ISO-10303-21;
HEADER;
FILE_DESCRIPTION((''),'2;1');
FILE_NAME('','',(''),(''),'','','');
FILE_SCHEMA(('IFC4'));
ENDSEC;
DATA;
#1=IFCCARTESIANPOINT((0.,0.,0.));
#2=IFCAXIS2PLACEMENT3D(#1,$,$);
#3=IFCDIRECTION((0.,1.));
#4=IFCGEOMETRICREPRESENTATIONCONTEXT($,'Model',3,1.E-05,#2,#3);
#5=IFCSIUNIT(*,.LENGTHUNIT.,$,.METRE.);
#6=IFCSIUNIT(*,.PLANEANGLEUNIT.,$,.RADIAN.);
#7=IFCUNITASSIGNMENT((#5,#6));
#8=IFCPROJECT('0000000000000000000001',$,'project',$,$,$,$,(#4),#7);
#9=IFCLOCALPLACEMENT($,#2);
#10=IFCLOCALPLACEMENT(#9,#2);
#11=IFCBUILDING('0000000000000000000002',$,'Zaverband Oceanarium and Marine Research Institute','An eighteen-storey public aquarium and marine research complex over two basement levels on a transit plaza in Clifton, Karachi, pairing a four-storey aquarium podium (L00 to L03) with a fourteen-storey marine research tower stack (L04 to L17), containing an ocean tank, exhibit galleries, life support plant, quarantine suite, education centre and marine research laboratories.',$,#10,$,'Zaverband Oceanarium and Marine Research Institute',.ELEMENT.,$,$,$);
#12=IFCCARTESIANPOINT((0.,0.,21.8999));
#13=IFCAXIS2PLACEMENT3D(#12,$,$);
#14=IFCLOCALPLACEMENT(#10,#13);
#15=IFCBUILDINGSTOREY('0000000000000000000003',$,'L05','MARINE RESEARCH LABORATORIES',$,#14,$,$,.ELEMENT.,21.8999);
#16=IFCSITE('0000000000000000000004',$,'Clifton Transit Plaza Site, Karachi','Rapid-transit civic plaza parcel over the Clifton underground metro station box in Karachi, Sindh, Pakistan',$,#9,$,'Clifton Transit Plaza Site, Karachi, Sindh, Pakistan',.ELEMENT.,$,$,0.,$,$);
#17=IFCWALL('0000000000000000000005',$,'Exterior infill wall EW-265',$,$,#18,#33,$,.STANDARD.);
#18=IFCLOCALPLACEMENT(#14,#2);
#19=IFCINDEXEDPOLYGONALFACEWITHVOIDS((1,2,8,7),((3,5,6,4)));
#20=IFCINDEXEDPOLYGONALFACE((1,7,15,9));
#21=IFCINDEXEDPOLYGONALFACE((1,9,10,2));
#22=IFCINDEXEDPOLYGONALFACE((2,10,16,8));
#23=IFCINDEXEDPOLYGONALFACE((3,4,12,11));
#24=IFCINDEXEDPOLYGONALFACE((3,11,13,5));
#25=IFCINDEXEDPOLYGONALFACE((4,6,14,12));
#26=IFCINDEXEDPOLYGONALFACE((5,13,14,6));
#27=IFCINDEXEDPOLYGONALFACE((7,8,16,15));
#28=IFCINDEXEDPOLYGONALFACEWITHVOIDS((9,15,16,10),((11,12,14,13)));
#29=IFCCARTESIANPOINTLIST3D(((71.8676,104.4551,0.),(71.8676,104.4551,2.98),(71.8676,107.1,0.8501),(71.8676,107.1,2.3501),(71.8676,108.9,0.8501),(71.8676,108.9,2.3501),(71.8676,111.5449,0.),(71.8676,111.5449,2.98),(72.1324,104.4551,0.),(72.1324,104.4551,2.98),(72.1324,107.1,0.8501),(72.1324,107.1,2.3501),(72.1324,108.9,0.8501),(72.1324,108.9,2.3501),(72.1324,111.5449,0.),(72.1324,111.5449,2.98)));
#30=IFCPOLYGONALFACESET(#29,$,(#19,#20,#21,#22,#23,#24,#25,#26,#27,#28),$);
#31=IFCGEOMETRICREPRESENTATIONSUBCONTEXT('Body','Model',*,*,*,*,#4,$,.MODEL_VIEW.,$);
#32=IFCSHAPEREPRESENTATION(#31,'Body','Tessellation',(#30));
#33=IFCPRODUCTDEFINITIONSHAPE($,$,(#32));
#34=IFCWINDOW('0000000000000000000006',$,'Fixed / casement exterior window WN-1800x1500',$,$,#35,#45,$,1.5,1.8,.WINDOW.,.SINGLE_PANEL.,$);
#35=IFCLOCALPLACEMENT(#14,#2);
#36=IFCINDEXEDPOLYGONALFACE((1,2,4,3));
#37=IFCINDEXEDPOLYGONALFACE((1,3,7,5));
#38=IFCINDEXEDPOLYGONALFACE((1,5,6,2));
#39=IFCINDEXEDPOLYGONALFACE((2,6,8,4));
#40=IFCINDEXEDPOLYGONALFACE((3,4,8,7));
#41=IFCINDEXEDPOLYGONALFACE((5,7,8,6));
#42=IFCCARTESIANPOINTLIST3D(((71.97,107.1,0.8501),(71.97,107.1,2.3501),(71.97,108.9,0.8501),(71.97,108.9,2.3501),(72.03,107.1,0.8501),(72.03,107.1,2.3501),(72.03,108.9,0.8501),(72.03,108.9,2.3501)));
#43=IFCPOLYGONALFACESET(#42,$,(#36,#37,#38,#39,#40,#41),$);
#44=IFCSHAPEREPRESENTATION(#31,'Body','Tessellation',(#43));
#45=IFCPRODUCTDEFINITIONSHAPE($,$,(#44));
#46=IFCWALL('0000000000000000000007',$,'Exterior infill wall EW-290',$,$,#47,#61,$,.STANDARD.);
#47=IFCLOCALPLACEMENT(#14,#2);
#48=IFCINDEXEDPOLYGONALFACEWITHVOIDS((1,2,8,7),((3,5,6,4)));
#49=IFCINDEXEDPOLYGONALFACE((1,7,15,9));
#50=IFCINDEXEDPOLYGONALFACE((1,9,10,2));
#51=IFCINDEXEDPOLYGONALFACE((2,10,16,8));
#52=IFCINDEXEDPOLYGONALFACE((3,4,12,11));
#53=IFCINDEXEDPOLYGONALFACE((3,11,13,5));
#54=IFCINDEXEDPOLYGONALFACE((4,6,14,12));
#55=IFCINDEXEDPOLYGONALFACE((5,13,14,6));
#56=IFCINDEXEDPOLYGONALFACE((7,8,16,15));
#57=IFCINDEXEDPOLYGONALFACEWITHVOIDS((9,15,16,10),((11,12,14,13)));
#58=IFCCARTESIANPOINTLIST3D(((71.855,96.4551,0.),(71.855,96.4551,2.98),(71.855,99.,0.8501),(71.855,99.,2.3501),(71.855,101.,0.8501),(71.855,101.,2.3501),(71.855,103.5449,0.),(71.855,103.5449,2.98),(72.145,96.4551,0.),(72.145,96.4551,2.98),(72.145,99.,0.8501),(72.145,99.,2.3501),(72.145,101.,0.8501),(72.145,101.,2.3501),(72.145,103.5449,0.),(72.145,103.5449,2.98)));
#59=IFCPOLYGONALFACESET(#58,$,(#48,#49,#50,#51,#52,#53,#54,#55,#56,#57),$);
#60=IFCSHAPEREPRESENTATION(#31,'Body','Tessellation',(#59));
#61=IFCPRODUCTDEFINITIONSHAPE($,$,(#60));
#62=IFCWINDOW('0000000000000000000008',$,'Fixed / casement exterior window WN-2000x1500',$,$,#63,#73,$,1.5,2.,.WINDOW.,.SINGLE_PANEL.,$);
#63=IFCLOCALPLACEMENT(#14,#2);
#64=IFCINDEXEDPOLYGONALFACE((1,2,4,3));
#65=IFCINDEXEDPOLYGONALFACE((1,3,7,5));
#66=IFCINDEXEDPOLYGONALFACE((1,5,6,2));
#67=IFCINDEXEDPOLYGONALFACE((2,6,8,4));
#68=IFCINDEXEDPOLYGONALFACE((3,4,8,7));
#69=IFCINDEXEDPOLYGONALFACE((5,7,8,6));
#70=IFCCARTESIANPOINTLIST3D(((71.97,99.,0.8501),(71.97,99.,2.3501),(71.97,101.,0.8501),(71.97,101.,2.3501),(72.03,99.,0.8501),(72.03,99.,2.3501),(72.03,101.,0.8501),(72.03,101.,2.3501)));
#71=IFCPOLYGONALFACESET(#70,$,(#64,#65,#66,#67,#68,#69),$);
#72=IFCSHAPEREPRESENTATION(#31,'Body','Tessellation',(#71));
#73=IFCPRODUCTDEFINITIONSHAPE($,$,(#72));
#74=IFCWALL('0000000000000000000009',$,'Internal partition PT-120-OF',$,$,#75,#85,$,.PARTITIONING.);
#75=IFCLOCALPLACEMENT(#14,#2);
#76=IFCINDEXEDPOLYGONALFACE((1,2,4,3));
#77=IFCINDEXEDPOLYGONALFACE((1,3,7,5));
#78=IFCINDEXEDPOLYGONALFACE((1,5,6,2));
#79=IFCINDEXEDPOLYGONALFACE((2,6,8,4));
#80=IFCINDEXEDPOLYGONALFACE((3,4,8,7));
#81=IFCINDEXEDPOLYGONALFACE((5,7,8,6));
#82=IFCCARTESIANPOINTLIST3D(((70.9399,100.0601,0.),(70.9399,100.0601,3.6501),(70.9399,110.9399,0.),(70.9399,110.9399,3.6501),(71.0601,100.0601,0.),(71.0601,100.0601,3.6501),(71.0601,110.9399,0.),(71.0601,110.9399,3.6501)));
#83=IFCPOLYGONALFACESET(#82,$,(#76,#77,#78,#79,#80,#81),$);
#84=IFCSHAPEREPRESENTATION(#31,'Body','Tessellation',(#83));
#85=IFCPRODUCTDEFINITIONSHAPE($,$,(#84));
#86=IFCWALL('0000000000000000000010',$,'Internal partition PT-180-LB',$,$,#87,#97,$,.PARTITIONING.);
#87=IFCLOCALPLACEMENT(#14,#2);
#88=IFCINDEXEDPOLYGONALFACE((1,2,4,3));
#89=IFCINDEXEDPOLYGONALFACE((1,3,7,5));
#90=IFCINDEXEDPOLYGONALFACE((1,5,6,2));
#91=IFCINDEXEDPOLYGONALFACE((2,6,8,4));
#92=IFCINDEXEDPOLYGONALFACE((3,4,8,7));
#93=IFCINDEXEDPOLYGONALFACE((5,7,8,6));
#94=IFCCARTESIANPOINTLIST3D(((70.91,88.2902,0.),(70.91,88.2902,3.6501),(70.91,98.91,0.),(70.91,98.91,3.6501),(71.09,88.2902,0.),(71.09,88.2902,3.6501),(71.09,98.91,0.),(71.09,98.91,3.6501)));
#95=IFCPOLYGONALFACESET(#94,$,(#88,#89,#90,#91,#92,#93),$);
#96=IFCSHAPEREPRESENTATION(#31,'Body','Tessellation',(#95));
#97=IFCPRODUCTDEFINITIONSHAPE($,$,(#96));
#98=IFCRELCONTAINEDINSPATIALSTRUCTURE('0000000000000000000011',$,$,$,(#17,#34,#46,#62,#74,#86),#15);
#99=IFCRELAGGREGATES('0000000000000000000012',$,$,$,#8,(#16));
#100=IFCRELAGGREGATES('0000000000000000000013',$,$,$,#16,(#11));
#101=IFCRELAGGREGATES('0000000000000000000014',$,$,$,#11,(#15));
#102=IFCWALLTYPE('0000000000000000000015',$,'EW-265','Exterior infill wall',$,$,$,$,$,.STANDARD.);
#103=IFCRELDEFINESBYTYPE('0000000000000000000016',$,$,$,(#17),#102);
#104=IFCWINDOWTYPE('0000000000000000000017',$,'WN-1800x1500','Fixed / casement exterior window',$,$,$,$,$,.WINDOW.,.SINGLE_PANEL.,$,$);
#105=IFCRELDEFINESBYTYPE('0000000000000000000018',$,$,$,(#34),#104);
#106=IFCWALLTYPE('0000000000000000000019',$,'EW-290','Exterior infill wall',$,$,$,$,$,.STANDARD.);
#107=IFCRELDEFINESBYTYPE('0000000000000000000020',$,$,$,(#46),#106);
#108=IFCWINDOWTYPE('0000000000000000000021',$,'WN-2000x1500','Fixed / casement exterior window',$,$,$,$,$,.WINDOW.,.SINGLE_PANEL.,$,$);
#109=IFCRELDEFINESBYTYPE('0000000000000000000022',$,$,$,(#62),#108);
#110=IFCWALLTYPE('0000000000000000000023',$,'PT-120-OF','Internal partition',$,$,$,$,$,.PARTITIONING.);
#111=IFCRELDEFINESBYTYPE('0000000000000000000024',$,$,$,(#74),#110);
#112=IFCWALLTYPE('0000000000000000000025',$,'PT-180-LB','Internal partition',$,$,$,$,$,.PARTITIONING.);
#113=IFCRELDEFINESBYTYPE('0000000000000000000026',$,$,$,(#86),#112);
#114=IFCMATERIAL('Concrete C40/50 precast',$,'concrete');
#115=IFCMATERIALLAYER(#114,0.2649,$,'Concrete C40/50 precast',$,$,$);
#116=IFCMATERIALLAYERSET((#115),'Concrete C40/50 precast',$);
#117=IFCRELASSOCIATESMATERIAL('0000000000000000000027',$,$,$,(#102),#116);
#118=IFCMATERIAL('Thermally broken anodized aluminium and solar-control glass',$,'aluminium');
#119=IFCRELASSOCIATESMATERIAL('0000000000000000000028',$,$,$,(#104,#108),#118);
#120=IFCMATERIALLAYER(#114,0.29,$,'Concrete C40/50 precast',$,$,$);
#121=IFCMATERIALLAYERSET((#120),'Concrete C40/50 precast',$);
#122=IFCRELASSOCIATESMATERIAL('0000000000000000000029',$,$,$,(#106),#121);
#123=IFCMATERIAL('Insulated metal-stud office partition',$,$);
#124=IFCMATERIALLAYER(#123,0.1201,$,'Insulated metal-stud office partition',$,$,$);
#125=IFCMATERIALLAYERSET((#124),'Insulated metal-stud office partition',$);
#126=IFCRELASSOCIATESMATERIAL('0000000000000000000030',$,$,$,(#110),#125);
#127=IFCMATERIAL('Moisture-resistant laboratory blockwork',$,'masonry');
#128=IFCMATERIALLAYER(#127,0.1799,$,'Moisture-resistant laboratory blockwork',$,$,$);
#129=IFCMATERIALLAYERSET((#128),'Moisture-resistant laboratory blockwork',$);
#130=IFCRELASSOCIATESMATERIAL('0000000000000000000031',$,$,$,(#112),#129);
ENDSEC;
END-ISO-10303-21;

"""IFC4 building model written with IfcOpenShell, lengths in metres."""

from ifc_helpers import new_model, si_unit, direction, frame, frame_2d, origin, place, context, subcontext, project, spatial, rectangle, extrude, material, layer, layer_set, type_object, element, fill, save


model = new_model("IFC4")

# Units and contexts
model_context = context("Model", 3, precision=1e-05, world=origin(), true_north=direction((0.0, 1.0)))
body_context = subcontext(model_context, "Body", "Model", "MODEL_VIEW")
ifc_project = project(units=[si_unit("LENGTHUNIT", "METRE"), si_unit("PLANEANGLEUNIT", "RADIAN")], contexts=[model_context])

# Site, building, storey
site_placement = place(None, origin())
site = spatial("IfcSite", under=ifc_project, at=site_placement, Name="Clifton Transit Plaza Site, Karachi", Description="Rapid-transit civic plaza parcel over the Clifton underground metro station box in Karachi, Sindh, Pakistan", LongName="Clifton Transit Plaza Site, Karachi, Sindh, Pakistan", CompositionType="ELEMENT", RefElevation=0.0)
building_placement = place(site_placement, origin())
building = spatial("IfcBuilding", under=site, at=building_placement, Name="Zaverband Oceanarium and Marine Research Institute", Description="An eighteen-storey public aquarium and marine research complex over two basement levels on a transit plaza in Clifton, Karachi, pairing a four-storey aquarium podium (L00 to L03) with a fourteen-storey marine research tower stack (L04 to L17), containing an ocean tank, exhibit galleries, life support plant, quarantine suite, education centre and marine research laboratories.", LongName="Zaverband Oceanarium and Marine Research Institute", CompositionType="ELEMENT")
storey_placement = place(building_placement, frame((0.0, 0.0, 21.8999)))
storey = spatial("IfcBuildingStorey", under=building, at=storey_placement, Name="L05", Description="MARINE RESEARCH LABORATORIES", CompositionType="ELEMENT", Elevation=21.8999)

# Shared definitions
ifc_material_1 = material(Name="Thermally broken anodized aluminium and solar-control glass", Category="aluminium")

# Walls, openings, windows
ifc_material_2 = material(Name="Concrete C40/50 precast", Category="concrete")
ifc_layer_1 = layer(ifc_material_2, 0.2649, Name="Concrete C40/50 precast")
ifc_layer_set_1 = layer_set([ifc_layer_1], Name="Concrete C40/50 precast")
wall_type_1 = type_object("IfcWallType", Name="EW-265", Description="Exterior infill wall", PredefinedType="STANDARD", material=ifc_layer_set_1)
wall_1_placement = place(storey_placement, frame((72.0, 104.4551, 0.0), z_axis=(0.0, 0.0, 1.0), x_axis=(0.0, 1.0, 0.0)))
wall_1 = element("IfcWall", 1, at=wall_1_placement, inside=storey, type_object=wall_type_1, Name="Exterior infill wall EW-265", PredefinedType="STANDARD", context=body_context, shape_type="SweptSolid", body=[
    extrude(rectangle(XDim=7.0898, YDim=0.2649, at=frame_2d((3.5449, 0.0))), origin(), (0.0, 0.0, 1.0), 2.98),
])
opening_1_placement = place(wall_1_placement, frame((2.645, 0.0, 0.8501)))
opening_1 = element("IfcOpeningElement", 2, at=opening_1_placement, cuts=wall_1, PredefinedType="OPENING", context=body_context, shape_type="SweptSolid", body=[
    extrude(rectangle(XDim=1.8, YDim=1.5, at=frame_2d((0.8999, 0.75))), frame((0.0, 0.1445, 0.0), z_axis=(0.0, -1.0, 0.0), x_axis=(1.0, 0.0, 0.0)), (0.0, 0.0, 1.0), 0.2888),
])
window_type_1 = type_object("IfcWindowType", Name="WN-1800x1500", Description="Fixed / casement exterior window", PartitioningType="SINGLE_PANEL", PredefinedType="WINDOW", material=ifc_material_1)
window_1_placement = place(opening_1_placement, origin())
window_1 = element("IfcWindow", 3, at=window_1_placement, inside=storey, type_object=window_type_1, Name="Fixed / casement exterior window WN-1800x1500", OverallHeight=1.5, OverallWidth=1.8, PartitioningType="SINGLE_PANEL", PredefinedType="WINDOW", context=body_context, shape_type="SweptSolid", body=[
    extrude(rectangle(XDim=1.8, YDim=1.5, at=frame_2d((0.8999, 0.75))), frame((0.0, 0.03, 0.0), z_axis=(0.0, -1.0, 0.0), x_axis=(1.0, 0.0, 0.0)), (0.0, 0.0, 1.0), 0.0601),
])
fill(opening_1, window_1)
ifc_layer_2 = layer(ifc_material_2, 0.29, Name="Concrete C40/50 precast")
ifc_layer_set_2 = layer_set([ifc_layer_2], Name="Concrete C40/50 precast")
wall_type_2 = type_object("IfcWallType", Name="EW-290", Description="Exterior infill wall", PredefinedType="STANDARD", material=ifc_layer_set_2)
wall_2_placement = place(storey_placement, frame((72.0, 96.4551, 0.0), z_axis=(0.0, 0.0, 1.0), x_axis=(0.0, 1.0, 0.0)))
wall_2 = element("IfcWall", 4, at=wall_2_placement, inside=storey, type_object=wall_type_2, Name="Exterior infill wall EW-290", PredefinedType="STANDARD", context=body_context, shape_type="SweptSolid", body=[
    extrude(rectangle(XDim=7.0898, YDim=0.29, at=frame_2d((3.5449, 0.0))), origin(), (0.0, 0.0, 1.0), 2.98),
])
opening_2_placement = place(wall_2_placement, frame((2.5449, 0.0, 0.8501)))
opening_2 = element("IfcOpeningElement", 5, at=opening_2_placement, cuts=wall_2, PredefinedType="OPENING", context=body_context, shape_type="SweptSolid", body=[
    extrude(rectangle(XDim=2.0, YDim=1.5, at=frame_2d((1.0, 0.75))), frame((0.0, 0.157, 0.0), z_axis=(0.0, -1.0, 0.0), x_axis=(1.0, 0.0, 0.0)), (0.0, 0.0, 1.0), 0.314),
])
window_type_2 = type_object("IfcWindowType", Name="WN-2000x1500", Description="Fixed / casement exterior window", PartitioningType="SINGLE_PANEL", PredefinedType="WINDOW", material=ifc_material_1)
window_2_placement = place(opening_2_placement, origin())
window_2 = element("IfcWindow", 6, at=window_2_placement, inside=storey, type_object=window_type_2, Name="Fixed / casement exterior window WN-2000x1500", OverallHeight=1.5, OverallWidth=2.0, PartitioningType="SINGLE_PANEL", PredefinedType="WINDOW", context=body_context, shape_type="SweptSolid", body=[
    extrude(rectangle(XDim=2.0, YDim=1.5, at=frame_2d((1.0, 0.75))), frame((0.0, 0.03, 0.0), z_axis=(0.0, -1.0, 0.0), x_axis=(1.0, 0.0, 0.0)), (0.0, 0.0, 1.0), 0.0601),
])
fill(opening_2, window_2)

# Walls
ifc_material_3 = material(Name="Insulated metal-stud office partition")
ifc_layer_3 = layer(ifc_material_3, 0.1201, Name="Insulated metal-stud office partition")
ifc_layer_set_3 = layer_set([ifc_layer_3], Name="Insulated metal-stud office partition")
wall_type_3 = type_object("IfcWallType", Name="PT-120-OF", Description="Internal partition", PredefinedType="PARTITIONING", material=ifc_layer_set_3)
wall_3_placement = place(storey_placement, frame((71.0, 100.0601, 0.0), z_axis=(0.0, 0.0, 1.0), x_axis=(0.0, 1.0, 0.0)))
element("IfcWall", 7, at=wall_3_placement, inside=storey, type_object=wall_type_3, Name="Internal partition PT-120-OF", PredefinedType="PARTITIONING", context=body_context, shape_type="SweptSolid", body=[
    extrude(rectangle(XDim=10.8799, YDim=0.1201, at=frame_2d((5.4399, 0.0))), origin(), (0.0, 0.0, 1.0), 3.6501),
])
ifc_material_4 = material(Name="Moisture-resistant laboratory blockwork", Category="masonry")
ifc_layer_4 = layer(ifc_material_4, 0.1799, Name="Moisture-resistant laboratory blockwork")
ifc_layer_set_4 = layer_set([ifc_layer_4], Name="Moisture-resistant laboratory blockwork")
wall_type_4 = type_object("IfcWallType", Name="PT-180-LB", Description="Internal partition", PredefinedType="PARTITIONING", material=ifc_layer_set_4)
wall_4_placement = place(storey_placement, frame((71.0, 88.29, 0.0), z_axis=(0.0, 0.0, 1.0), x_axis=(0.0, 1.0, 0.0)))
element("IfcWall", 8, at=wall_4_placement, inside=storey, type_object=wall_type_4, Name="Internal partition PT-180-LB", PredefinedType="PARTITIONING", context=body_context, shape_type="SweptSolid", body=[
    extrude(rectangle(XDim=10.6199, YDim=0.1799, at=frame_2d((5.3101, 0.0))), origin(), (0.0, 0.0, 1.0), 3.6501),
])

save(model, "model.ifc")
